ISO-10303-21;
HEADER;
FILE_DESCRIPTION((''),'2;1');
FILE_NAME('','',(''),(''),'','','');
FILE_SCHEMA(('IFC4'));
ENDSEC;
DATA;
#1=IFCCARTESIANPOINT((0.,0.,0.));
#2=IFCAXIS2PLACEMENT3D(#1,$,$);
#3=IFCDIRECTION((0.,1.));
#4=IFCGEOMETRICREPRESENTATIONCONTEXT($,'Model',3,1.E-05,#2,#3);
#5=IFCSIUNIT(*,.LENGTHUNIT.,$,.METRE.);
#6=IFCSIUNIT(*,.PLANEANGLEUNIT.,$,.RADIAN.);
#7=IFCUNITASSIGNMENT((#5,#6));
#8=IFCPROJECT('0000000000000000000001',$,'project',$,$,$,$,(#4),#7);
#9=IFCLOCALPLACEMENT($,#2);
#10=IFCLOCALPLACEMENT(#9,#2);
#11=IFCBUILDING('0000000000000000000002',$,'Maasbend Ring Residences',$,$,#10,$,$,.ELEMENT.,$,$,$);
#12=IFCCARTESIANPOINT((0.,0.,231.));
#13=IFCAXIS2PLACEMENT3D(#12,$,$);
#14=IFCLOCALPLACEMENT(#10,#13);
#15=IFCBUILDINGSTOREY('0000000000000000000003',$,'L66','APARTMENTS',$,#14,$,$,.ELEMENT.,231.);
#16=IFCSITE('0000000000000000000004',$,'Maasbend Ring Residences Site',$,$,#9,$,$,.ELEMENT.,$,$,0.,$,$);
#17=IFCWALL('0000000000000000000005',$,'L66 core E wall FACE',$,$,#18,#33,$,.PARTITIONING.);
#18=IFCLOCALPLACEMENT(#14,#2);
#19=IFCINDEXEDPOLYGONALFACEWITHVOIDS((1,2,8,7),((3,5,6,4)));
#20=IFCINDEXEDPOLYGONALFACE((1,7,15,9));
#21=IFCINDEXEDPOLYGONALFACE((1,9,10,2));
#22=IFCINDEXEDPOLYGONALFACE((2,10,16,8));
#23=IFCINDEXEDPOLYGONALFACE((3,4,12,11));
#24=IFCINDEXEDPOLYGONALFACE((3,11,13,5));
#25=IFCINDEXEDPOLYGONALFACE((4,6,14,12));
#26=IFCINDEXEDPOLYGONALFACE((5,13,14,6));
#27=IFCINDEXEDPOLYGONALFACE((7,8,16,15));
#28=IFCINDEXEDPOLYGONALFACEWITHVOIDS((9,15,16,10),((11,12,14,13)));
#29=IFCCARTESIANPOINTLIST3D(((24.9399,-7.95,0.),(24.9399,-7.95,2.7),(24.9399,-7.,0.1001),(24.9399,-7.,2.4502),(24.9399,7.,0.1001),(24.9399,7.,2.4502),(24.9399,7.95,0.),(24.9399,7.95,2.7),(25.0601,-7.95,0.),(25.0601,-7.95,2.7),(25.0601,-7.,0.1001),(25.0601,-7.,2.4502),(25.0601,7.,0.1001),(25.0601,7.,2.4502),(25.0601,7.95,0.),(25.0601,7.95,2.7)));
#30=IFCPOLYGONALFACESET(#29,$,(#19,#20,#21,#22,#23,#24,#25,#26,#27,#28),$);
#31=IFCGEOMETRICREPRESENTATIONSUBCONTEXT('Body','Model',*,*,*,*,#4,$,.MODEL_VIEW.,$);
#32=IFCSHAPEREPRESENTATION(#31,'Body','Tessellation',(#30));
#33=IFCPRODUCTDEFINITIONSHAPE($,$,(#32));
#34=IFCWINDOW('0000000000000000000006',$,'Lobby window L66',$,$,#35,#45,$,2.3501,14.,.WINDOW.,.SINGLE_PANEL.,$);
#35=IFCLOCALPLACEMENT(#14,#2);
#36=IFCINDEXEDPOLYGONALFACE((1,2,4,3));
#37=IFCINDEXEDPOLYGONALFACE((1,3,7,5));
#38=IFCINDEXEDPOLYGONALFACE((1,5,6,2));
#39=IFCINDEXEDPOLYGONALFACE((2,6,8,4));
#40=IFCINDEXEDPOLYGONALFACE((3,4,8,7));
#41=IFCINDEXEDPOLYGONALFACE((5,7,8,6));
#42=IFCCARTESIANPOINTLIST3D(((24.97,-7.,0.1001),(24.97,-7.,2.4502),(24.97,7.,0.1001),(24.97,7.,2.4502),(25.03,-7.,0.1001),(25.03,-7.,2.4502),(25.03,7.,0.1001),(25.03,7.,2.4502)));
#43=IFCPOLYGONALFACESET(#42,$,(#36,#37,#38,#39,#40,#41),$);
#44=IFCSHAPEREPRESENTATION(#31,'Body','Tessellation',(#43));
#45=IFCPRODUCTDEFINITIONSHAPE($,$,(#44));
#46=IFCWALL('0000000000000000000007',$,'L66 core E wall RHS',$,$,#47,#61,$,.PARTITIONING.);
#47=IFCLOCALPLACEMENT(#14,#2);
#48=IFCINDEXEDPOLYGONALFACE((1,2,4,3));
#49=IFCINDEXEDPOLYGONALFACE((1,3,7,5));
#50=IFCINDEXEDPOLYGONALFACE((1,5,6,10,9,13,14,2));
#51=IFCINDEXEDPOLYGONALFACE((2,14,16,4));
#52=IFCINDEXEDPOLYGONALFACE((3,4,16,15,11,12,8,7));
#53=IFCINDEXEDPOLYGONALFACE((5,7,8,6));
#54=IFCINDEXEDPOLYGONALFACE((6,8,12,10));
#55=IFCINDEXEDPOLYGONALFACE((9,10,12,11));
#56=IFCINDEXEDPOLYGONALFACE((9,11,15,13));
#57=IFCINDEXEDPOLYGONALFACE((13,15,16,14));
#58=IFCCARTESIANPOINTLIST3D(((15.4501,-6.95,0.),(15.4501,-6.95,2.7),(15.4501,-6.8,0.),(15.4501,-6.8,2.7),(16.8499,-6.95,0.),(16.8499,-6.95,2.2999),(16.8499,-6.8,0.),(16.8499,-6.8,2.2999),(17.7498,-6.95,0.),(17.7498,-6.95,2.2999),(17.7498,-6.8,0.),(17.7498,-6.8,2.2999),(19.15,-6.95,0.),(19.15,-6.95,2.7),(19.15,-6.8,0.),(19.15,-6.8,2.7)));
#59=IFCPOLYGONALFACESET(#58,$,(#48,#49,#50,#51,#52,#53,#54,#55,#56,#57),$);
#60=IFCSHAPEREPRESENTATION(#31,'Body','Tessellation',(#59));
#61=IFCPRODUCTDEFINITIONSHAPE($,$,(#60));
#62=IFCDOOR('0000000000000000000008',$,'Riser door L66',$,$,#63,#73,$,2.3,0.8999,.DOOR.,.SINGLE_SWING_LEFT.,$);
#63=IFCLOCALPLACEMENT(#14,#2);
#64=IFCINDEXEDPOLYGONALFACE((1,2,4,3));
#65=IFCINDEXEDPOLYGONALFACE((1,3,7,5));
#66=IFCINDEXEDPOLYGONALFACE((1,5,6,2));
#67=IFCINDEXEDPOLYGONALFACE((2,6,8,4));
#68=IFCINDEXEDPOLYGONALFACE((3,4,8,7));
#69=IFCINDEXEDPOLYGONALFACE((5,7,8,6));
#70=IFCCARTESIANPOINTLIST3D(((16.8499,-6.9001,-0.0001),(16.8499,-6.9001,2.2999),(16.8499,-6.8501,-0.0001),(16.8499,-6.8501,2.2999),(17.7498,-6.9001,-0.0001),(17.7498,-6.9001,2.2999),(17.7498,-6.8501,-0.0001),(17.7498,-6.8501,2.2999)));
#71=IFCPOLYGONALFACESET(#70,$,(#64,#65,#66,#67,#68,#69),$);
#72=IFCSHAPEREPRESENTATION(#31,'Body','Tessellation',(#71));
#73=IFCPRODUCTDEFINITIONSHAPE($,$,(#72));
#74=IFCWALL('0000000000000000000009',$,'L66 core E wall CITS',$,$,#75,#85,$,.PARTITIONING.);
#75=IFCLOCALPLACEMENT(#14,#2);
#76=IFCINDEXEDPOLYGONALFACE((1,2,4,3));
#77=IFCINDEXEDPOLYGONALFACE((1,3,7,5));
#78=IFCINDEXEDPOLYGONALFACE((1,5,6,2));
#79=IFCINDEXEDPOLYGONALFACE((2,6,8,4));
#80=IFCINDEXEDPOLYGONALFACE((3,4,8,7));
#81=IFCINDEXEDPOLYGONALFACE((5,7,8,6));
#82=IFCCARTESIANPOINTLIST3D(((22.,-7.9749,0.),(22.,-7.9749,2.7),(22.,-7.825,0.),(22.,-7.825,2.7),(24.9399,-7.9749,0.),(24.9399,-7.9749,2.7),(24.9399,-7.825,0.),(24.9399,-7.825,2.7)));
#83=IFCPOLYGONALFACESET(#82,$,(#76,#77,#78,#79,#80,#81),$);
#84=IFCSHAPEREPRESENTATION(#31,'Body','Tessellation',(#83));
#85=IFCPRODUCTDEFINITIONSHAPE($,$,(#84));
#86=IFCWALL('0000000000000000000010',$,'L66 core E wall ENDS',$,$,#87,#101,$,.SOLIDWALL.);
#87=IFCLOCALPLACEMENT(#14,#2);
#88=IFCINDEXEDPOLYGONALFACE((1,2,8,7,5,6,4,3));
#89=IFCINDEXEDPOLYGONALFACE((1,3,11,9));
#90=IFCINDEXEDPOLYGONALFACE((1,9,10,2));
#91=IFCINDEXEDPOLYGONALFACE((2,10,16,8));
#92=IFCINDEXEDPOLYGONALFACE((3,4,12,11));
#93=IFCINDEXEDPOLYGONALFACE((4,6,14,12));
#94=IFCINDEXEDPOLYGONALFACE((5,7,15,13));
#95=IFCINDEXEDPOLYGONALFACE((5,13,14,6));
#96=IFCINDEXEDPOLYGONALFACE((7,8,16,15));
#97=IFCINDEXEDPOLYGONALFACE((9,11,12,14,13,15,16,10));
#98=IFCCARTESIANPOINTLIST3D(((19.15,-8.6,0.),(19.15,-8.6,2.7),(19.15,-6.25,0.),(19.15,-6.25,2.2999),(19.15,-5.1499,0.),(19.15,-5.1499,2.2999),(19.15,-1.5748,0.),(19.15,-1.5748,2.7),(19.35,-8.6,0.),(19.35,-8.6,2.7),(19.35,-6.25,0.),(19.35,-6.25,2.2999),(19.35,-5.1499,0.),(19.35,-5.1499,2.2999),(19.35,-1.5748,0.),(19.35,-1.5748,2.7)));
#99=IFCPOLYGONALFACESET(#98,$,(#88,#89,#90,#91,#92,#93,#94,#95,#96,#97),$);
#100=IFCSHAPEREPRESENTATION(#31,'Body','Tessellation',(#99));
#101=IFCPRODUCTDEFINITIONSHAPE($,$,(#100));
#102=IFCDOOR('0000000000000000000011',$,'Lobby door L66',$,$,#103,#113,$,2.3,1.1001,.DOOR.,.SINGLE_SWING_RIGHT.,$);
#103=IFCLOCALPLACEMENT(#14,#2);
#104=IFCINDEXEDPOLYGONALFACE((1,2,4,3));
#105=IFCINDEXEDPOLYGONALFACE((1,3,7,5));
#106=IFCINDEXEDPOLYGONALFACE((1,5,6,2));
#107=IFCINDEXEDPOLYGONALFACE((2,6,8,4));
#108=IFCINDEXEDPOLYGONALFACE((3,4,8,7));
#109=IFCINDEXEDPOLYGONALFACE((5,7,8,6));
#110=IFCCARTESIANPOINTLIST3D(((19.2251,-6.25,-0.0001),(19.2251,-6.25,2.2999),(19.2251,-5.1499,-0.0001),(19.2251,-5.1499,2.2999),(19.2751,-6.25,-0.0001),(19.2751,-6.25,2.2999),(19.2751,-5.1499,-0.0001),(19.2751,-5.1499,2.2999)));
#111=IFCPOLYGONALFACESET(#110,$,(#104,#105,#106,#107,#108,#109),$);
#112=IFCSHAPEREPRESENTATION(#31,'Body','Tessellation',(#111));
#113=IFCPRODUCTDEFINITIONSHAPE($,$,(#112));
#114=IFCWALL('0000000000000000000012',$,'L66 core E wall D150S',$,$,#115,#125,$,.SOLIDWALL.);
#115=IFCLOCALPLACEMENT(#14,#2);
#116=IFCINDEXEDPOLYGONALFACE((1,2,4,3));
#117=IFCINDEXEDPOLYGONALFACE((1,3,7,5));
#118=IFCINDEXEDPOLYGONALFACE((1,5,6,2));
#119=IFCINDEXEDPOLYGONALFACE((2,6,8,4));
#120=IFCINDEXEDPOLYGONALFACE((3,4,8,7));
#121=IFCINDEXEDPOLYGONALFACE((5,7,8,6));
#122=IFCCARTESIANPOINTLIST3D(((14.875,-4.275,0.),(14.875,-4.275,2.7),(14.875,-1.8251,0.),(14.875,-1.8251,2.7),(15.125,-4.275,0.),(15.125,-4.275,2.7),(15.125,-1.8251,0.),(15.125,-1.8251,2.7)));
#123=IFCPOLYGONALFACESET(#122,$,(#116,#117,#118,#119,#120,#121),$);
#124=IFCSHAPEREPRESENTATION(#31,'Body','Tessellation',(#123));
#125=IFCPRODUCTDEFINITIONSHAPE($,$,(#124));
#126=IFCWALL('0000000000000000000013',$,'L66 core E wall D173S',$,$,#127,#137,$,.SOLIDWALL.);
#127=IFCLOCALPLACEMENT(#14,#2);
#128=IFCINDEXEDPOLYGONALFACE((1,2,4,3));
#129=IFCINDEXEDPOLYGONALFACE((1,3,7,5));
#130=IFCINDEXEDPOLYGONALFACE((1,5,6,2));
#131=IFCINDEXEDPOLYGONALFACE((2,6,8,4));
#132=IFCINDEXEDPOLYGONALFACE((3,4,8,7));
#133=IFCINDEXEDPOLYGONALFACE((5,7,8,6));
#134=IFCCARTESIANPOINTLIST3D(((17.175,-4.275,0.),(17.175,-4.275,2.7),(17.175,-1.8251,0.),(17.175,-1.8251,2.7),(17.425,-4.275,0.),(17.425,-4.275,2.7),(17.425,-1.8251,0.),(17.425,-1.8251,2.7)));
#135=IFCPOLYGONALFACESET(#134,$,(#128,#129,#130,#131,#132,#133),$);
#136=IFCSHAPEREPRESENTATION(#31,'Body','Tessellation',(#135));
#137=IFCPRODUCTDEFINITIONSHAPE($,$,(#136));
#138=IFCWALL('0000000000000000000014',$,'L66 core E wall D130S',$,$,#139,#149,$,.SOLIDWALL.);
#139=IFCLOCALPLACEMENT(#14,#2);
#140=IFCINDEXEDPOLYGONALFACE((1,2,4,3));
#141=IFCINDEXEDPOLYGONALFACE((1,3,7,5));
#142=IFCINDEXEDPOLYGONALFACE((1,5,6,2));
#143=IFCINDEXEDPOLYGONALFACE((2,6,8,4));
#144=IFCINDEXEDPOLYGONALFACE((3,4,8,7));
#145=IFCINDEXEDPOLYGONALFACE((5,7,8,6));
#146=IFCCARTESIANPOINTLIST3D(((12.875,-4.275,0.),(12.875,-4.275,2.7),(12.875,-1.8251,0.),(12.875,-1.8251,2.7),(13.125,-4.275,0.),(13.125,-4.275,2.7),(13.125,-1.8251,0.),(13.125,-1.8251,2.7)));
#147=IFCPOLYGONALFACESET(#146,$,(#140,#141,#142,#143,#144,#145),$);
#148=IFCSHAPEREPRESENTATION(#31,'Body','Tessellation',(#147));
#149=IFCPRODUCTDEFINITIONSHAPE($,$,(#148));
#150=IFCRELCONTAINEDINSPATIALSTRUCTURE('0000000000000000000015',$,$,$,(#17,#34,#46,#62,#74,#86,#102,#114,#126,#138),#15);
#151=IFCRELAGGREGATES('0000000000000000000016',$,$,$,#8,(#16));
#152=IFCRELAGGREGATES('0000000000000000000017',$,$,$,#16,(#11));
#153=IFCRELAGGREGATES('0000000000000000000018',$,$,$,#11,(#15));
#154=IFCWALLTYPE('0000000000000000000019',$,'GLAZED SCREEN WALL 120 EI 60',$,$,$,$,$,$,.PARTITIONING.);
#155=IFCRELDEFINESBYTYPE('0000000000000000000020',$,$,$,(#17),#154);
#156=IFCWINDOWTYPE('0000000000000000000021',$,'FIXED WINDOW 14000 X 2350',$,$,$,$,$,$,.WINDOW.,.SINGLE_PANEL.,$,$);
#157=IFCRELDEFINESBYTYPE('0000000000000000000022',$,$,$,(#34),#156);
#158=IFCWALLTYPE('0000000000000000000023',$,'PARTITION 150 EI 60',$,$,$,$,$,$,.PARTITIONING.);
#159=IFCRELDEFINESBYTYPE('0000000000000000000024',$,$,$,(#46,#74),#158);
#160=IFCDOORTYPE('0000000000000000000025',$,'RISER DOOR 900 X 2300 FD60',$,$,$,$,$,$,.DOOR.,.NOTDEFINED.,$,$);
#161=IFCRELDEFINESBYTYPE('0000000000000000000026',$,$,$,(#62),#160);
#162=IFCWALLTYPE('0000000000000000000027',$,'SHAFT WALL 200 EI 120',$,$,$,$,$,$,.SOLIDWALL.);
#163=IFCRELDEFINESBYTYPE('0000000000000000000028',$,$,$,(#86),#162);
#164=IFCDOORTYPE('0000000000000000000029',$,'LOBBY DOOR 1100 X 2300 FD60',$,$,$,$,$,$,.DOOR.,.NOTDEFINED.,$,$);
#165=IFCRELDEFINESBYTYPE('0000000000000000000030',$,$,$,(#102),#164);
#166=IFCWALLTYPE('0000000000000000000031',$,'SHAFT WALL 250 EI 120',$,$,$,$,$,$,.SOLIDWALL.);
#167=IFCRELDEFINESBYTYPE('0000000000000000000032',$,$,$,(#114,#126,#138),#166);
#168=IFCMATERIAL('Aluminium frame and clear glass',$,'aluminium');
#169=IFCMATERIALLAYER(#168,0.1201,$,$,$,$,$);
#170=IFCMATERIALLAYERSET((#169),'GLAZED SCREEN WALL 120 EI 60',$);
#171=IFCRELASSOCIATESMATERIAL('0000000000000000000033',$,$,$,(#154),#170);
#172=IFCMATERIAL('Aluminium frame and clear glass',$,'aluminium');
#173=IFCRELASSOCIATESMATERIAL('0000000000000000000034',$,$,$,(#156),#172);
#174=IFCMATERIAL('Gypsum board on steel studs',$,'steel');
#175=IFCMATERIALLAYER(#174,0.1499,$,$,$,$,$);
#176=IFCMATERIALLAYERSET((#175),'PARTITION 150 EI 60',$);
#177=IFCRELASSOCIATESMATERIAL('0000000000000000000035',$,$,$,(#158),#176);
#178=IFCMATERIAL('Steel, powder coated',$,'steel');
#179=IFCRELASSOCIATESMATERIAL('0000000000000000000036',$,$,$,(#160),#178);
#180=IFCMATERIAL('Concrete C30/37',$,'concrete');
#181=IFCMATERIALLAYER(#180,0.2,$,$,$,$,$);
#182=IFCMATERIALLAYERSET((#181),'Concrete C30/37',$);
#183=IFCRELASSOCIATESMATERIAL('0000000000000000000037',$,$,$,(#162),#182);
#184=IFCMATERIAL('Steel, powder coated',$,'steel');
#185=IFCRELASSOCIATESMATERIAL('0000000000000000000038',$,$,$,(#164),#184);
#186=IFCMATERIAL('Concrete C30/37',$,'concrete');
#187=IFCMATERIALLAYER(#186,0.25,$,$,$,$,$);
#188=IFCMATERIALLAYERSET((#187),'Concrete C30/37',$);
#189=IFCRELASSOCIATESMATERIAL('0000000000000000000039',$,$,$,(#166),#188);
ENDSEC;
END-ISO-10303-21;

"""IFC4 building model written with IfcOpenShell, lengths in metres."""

from ifc_helpers import new_model, si_unit, direction, frame, frame_2d, origin, place, context, subcontext, project, spatial, rectangle, extrude, material, layer, layer_set, type_object, element, fill, save


model = new_model("IFC4")

# Units and contexts
model_context = context("Model", 3, precision=1e-05, world=origin(), true_north=direction((0.0, 1.0)))
body_context = subcontext(model_context, "Body", "Model", "MODEL_VIEW")
ifc_project = project(units=[si_unit("LENGTHUNIT", "METRE"), si_unit("PLANEANGLEUNIT", "RADIAN")], contexts=[model_context])

# Site, building, storey
site_placement = place(None, origin())
site = spatial("IfcSite", under=ifc_project, at=site_placement, Name="Maasbend Ring Residences Site", CompositionType="ELEMENT", RefElevation=0.0)
building_placement = place(site_placement, origin())
building = spatial("IfcBuilding", under=site, at=building_placement, Name="Maasbend Ring Residences", CompositionType="ELEMENT")
storey_placement = place(building_placement, frame((0.0, 0.0, 231.0)))
storey = spatial("IfcBuildingStorey", under=building, at=storey_placement, Name="L66", Description="APARTMENTS", CompositionType="ELEMENT", Elevation=231.0)

# Wall, opening, window
ifc_material_1 = material(Name="Aluminium frame and clear glass", Category="aluminium")
ifc_layer_1 = layer(ifc_material_1, 0.1201)
ifc_layer_set_1 = layer_set([ifc_layer_1], Name="GLAZED SCREEN WALL 120 EI 60")
wall_type_1 = type_object("IfcWallType", Name="GLAZED SCREEN WALL 120 EI 60", PredefinedType="PARTITIONING", material=ifc_layer_set_1)
wall_1_placement = place(storey_placement, frame((25.0, -7.95, 0.0), z_axis=(0.0, 0.0, 1.0), x_axis=(0.0, 1.0, 0.0)))
wall_1 = element("IfcWall", 1, at=wall_1_placement, inside=storey, type_object=wall_type_1, Name="L66 core E wall FACE", PredefinedType="PARTITIONING", context=body_context, shape_type="SweptSolid", body=[
    extrude(rectangle(XDim=15.8999, YDim=0.1201, at=frame_2d((7.95, 0.0))), origin(), (0.0, 0.0, 1.0), 2.7),
])
opening_1_placement = place(wall_1_placement, frame((0.95, 0.0, 0.1001)))
opening_1 = element("IfcOpeningElement", 2, at=opening_1_placement, cuts=wall_1, PredefinedType="OPENING", context=body_context, shape_type="SweptSolid", body=[
    extrude(rectangle(XDim=14.0, YDim=2.3501, at=frame_2d((7.0, 1.175))), frame((0.0, 0.0701, 0.0), z_axis=(0.0, -1.0, 0.0), x_axis=(1.0, 0.0, 0.0)), (0.0, 0.0, 1.0), 0.1401),
])
ifc_material_2 = material(Name="Aluminium frame and clear glass", Category="aluminium")
window_type = type_object("IfcWindowType", Name="FIXED WINDOW 14000 X 2350", PartitioningType="SINGLE_PANEL", PredefinedType="WINDOW", material=ifc_material_2)
window_placement = place(opening_1_placement, origin())
window = element("IfcWindow", 3, at=window_placement, inside=storey, type_object=window_type, Name="Lobby window L66", OverallHeight=2.3501, OverallWidth=14.0, PartitioningType="SINGLE_PANEL", PredefinedType="WINDOW", context=body_context, shape_type="SweptSolid", body=[
    extrude(rectangle(XDim=14.0, YDim=2.3501, at=frame_2d((7.0, 1.175))), frame((0.0, 0.03, 0.0), z_axis=(0.0, -1.0, 0.0), x_axis=(1.0, 0.0, 0.0)), (0.0, 0.0, 1.0), 0.0601),
])
fill(opening_1, window)

# Wall, opening, door
ifc_material_3 = material(Name="Gypsum board on steel studs", Category="steel")
ifc_layer_2 = layer(ifc_material_3, 0.1499)
ifc_layer_set_2 = layer_set([ifc_layer_2], Name="PARTITION 150 EI 60")
wall_type_2 = type_object("IfcWallType", Name="PARTITION 150 EI 60", PredefinedType="PARTITIONING", material=ifc_layer_set_2)
wall_2_placement = place(storey_placement, frame((15.45, -6.875, 0.0), z_axis=(0.0, 0.0, 1.0), x_axis=(1.0, 0.0, 0.0)))
wall_2 = element("IfcWall", 4, at=wall_2_placement, inside=storey, type_object=wall_type_2, Name="L66 core E wall RHS", PredefinedType="PARTITIONING", context=body_context, shape_type="SweptSolid", body=[
    extrude(rectangle(XDim=3.7, YDim=0.1499, at=frame_2d((1.8501, 0.0))), origin(), (0.0, 0.0, 1.0), 2.7),
])
opening_2_placement = place(wall_2_placement, frame((1.3999, 0.0, 0.0)))
opening_2 = element("IfcOpeningElement", 5, at=opening_2_placement, cuts=wall_2, PredefinedType="OPENING", context=body_context, shape_type="SweptSolid", body=[
    extrude(rectangle(XDim=0.8999, YDim=2.3, at=frame_2d((0.45, 1.1499))), frame((0.0, 0.085, 0.0), z_axis=(0.0, -1.0, 0.0), x_axis=(1.0, 0.0, 0.0)), (0.0, 0.0, 1.0), 0.1699),
])
ifc_material_4 = material(Name="Steel, powder coated", Category="steel")
door_type_1 = type_object("IfcDoorType", Name="RISER DOOR 900 X 2300 FD60", OperationType="NOTDEFINED", PredefinedType="DOOR", material=ifc_material_4)
door_1_placement = place(opening_2_placement, origin())
door_1 = element("IfcDoor", 6, at=door_1_placement, inside=storey, type_object=door_type_1, Name="Riser door L66", OperationType="SINGLE_SWING_LEFT", OverallHeight=2.3, OverallWidth=0.8999, PredefinedType="DOOR", context=body_context, shape_type="SweptSolid", body=[
    extrude(rectangle(XDim=0.8999, YDim=2.3, at=frame_2d((0.45, 1.1499))), frame((0.0, 0.0249, 0.0), z_axis=(0.0, -1.0, 0.0), x_axis=(1.0, 0.0, 0.0)), (0.0, 0.0, 1.0), 0.05),
])
fill(opening_2, door_1)

# Wall
wall_3_placement = place(storey_placement, frame((22.0, -7.8999, 0.0), z_axis=(0.0, 0.0, 1.0), x_axis=(1.0, 0.0, 0.0)))
element("IfcWall", 7, at=wall_3_placement, inside=storey, type_object=wall_type_2, Name="L66 core E wall CITS", PredefinedType="PARTITIONING", context=body_context, shape_type="SweptSolid", body=[
    extrude(rectangle(XDim=2.9399, YDim=0.1499, at=frame_2d((1.47, 0.0))), origin(), (0.0, 0.0, 1.0), 2.7),
])

# Wall, opening, door
ifc_material_5 = material(Name="Concrete C30/37", Category="concrete")
ifc_layer_3 = layer(ifc_material_5, 0.2)
ifc_layer_set_3 = layer_set([ifc_layer_3], Name="Concrete C30/37")
wall_type_3 = type_object("IfcWallType", Name="SHAFT WALL 200 EI 120", PredefinedType="SOLIDWALL", material=ifc_layer_set_3)
wall_4_placement = place(storey_placement, frame((19.25, -8.6001, 0.0), z_axis=(0.0, 0.0, 1.0), x_axis=(0.0, 1.0, 0.0)))
wall_4 = element("IfcWall", 8, at=wall_4_placement, inside=storey, type_object=wall_type_3, Name="L66 core E wall ENDS", PredefinedType="SOLIDWALL", context=body_context, shape_type="SweptSolid", body=[
    extrude(rectangle(XDim=7.0251, YDim=0.2, at=frame_2d((3.5127, 0.0))), origin(), (0.0, 0.0, 1.0), 2.7),
])
opening_3_placement = place(wall_4_placement, frame((2.3501, 0.0, 0.0)))
opening_3 = element("IfcOpeningElement", 9, at=opening_3_placement, cuts=wall_4, PredefinedType="OPENING", context=body_context, shape_type="SweptSolid", body=[
    extrude(rectangle(XDim=1.1001, YDim=2.3, at=frame_2d((0.55, 1.1499))), frame((0.0, 0.1099, 0.0), z_axis=(0.0, -1.0, 0.0), x_axis=(1.0, 0.0, 0.0)), (0.0, 0.0, 1.0), 0.22),
])
ifc_material_6 = material(Name="Steel, powder coated", Category="steel")
door_type_2 = type_object("IfcDoorType", Name="LOBBY DOOR 1100 X 2300 FD60", OperationType="NOTDEFINED", PredefinedType="DOOR", material=ifc_material_6)
door_2_placement = place(opening_3_placement, origin())
door_2 = element("IfcDoor", 10, at=door_2_placement, inside=storey, type_object=door_type_2, Name="Lobby door L66", OperationType="SINGLE_SWING_RIGHT", OverallHeight=2.3, OverallWidth=1.1001, PredefinedType="DOOR", context=body_context, shape_type="SweptSolid", body=[
    extrude(rectangle(XDim=1.1001, YDim=2.3, at=frame_2d((0.55, 1.1499))), frame((0.0, 0.0249, 0.0), z_axis=(0.0, -1.0, 0.0), x_axis=(1.0, 0.0, 0.0)), (0.0, 0.0, 1.0), 0.05),
])
fill(opening_3, door_2)

# Walls
ifc_material_7 = material(Name="Concrete C30/37", Category="concrete")
ifc_layer_4 = layer(ifc_material_7, 0.25)
ifc_layer_set_4 = layer_set([ifc_layer_4], Name="Concrete C30/37")
wall_type_4 = type_object("IfcWallType", Name="SHAFT WALL 250 EI 120", PredefinedType="SOLIDWALL", material=ifc_layer_set_4)
for number, where, z_axis, x_axis, name in (
    (11, (15.0, -1.825, 0.0), (0.0, 0.0, 1.0), (0.0, -1.0, 0.0), "L66 core E wall D150S"),
    (12, (17.3, -1.825, 0.0), (0.0, 0.0, 1.0), (0.0, -1.0, 0.0), "L66 core E wall D173S"),
    (13, (13.0, -1.825, 0.0), (0.0, 0.0, 1.0), (0.0, -1.0, 0.0), "L66 core E wall D130S"),
):
    element("IfcWall", number, at=place(storey_placement, frame(where, z_axis=z_axis, x_axis=x_axis)), inside=storey, type_object=wall_type_4, Name=name, PredefinedType="SOLIDWALL", context=body_context, shape_type="SweptSolid", body=[
        extrude(rectangle(XDim=2.45, YDim=0.25, at=frame_2d((1.2251, 0.0))), origin(), (0.0, 0.0, 1.0), 2.7),
    ])

save(model, "model.ifc")
